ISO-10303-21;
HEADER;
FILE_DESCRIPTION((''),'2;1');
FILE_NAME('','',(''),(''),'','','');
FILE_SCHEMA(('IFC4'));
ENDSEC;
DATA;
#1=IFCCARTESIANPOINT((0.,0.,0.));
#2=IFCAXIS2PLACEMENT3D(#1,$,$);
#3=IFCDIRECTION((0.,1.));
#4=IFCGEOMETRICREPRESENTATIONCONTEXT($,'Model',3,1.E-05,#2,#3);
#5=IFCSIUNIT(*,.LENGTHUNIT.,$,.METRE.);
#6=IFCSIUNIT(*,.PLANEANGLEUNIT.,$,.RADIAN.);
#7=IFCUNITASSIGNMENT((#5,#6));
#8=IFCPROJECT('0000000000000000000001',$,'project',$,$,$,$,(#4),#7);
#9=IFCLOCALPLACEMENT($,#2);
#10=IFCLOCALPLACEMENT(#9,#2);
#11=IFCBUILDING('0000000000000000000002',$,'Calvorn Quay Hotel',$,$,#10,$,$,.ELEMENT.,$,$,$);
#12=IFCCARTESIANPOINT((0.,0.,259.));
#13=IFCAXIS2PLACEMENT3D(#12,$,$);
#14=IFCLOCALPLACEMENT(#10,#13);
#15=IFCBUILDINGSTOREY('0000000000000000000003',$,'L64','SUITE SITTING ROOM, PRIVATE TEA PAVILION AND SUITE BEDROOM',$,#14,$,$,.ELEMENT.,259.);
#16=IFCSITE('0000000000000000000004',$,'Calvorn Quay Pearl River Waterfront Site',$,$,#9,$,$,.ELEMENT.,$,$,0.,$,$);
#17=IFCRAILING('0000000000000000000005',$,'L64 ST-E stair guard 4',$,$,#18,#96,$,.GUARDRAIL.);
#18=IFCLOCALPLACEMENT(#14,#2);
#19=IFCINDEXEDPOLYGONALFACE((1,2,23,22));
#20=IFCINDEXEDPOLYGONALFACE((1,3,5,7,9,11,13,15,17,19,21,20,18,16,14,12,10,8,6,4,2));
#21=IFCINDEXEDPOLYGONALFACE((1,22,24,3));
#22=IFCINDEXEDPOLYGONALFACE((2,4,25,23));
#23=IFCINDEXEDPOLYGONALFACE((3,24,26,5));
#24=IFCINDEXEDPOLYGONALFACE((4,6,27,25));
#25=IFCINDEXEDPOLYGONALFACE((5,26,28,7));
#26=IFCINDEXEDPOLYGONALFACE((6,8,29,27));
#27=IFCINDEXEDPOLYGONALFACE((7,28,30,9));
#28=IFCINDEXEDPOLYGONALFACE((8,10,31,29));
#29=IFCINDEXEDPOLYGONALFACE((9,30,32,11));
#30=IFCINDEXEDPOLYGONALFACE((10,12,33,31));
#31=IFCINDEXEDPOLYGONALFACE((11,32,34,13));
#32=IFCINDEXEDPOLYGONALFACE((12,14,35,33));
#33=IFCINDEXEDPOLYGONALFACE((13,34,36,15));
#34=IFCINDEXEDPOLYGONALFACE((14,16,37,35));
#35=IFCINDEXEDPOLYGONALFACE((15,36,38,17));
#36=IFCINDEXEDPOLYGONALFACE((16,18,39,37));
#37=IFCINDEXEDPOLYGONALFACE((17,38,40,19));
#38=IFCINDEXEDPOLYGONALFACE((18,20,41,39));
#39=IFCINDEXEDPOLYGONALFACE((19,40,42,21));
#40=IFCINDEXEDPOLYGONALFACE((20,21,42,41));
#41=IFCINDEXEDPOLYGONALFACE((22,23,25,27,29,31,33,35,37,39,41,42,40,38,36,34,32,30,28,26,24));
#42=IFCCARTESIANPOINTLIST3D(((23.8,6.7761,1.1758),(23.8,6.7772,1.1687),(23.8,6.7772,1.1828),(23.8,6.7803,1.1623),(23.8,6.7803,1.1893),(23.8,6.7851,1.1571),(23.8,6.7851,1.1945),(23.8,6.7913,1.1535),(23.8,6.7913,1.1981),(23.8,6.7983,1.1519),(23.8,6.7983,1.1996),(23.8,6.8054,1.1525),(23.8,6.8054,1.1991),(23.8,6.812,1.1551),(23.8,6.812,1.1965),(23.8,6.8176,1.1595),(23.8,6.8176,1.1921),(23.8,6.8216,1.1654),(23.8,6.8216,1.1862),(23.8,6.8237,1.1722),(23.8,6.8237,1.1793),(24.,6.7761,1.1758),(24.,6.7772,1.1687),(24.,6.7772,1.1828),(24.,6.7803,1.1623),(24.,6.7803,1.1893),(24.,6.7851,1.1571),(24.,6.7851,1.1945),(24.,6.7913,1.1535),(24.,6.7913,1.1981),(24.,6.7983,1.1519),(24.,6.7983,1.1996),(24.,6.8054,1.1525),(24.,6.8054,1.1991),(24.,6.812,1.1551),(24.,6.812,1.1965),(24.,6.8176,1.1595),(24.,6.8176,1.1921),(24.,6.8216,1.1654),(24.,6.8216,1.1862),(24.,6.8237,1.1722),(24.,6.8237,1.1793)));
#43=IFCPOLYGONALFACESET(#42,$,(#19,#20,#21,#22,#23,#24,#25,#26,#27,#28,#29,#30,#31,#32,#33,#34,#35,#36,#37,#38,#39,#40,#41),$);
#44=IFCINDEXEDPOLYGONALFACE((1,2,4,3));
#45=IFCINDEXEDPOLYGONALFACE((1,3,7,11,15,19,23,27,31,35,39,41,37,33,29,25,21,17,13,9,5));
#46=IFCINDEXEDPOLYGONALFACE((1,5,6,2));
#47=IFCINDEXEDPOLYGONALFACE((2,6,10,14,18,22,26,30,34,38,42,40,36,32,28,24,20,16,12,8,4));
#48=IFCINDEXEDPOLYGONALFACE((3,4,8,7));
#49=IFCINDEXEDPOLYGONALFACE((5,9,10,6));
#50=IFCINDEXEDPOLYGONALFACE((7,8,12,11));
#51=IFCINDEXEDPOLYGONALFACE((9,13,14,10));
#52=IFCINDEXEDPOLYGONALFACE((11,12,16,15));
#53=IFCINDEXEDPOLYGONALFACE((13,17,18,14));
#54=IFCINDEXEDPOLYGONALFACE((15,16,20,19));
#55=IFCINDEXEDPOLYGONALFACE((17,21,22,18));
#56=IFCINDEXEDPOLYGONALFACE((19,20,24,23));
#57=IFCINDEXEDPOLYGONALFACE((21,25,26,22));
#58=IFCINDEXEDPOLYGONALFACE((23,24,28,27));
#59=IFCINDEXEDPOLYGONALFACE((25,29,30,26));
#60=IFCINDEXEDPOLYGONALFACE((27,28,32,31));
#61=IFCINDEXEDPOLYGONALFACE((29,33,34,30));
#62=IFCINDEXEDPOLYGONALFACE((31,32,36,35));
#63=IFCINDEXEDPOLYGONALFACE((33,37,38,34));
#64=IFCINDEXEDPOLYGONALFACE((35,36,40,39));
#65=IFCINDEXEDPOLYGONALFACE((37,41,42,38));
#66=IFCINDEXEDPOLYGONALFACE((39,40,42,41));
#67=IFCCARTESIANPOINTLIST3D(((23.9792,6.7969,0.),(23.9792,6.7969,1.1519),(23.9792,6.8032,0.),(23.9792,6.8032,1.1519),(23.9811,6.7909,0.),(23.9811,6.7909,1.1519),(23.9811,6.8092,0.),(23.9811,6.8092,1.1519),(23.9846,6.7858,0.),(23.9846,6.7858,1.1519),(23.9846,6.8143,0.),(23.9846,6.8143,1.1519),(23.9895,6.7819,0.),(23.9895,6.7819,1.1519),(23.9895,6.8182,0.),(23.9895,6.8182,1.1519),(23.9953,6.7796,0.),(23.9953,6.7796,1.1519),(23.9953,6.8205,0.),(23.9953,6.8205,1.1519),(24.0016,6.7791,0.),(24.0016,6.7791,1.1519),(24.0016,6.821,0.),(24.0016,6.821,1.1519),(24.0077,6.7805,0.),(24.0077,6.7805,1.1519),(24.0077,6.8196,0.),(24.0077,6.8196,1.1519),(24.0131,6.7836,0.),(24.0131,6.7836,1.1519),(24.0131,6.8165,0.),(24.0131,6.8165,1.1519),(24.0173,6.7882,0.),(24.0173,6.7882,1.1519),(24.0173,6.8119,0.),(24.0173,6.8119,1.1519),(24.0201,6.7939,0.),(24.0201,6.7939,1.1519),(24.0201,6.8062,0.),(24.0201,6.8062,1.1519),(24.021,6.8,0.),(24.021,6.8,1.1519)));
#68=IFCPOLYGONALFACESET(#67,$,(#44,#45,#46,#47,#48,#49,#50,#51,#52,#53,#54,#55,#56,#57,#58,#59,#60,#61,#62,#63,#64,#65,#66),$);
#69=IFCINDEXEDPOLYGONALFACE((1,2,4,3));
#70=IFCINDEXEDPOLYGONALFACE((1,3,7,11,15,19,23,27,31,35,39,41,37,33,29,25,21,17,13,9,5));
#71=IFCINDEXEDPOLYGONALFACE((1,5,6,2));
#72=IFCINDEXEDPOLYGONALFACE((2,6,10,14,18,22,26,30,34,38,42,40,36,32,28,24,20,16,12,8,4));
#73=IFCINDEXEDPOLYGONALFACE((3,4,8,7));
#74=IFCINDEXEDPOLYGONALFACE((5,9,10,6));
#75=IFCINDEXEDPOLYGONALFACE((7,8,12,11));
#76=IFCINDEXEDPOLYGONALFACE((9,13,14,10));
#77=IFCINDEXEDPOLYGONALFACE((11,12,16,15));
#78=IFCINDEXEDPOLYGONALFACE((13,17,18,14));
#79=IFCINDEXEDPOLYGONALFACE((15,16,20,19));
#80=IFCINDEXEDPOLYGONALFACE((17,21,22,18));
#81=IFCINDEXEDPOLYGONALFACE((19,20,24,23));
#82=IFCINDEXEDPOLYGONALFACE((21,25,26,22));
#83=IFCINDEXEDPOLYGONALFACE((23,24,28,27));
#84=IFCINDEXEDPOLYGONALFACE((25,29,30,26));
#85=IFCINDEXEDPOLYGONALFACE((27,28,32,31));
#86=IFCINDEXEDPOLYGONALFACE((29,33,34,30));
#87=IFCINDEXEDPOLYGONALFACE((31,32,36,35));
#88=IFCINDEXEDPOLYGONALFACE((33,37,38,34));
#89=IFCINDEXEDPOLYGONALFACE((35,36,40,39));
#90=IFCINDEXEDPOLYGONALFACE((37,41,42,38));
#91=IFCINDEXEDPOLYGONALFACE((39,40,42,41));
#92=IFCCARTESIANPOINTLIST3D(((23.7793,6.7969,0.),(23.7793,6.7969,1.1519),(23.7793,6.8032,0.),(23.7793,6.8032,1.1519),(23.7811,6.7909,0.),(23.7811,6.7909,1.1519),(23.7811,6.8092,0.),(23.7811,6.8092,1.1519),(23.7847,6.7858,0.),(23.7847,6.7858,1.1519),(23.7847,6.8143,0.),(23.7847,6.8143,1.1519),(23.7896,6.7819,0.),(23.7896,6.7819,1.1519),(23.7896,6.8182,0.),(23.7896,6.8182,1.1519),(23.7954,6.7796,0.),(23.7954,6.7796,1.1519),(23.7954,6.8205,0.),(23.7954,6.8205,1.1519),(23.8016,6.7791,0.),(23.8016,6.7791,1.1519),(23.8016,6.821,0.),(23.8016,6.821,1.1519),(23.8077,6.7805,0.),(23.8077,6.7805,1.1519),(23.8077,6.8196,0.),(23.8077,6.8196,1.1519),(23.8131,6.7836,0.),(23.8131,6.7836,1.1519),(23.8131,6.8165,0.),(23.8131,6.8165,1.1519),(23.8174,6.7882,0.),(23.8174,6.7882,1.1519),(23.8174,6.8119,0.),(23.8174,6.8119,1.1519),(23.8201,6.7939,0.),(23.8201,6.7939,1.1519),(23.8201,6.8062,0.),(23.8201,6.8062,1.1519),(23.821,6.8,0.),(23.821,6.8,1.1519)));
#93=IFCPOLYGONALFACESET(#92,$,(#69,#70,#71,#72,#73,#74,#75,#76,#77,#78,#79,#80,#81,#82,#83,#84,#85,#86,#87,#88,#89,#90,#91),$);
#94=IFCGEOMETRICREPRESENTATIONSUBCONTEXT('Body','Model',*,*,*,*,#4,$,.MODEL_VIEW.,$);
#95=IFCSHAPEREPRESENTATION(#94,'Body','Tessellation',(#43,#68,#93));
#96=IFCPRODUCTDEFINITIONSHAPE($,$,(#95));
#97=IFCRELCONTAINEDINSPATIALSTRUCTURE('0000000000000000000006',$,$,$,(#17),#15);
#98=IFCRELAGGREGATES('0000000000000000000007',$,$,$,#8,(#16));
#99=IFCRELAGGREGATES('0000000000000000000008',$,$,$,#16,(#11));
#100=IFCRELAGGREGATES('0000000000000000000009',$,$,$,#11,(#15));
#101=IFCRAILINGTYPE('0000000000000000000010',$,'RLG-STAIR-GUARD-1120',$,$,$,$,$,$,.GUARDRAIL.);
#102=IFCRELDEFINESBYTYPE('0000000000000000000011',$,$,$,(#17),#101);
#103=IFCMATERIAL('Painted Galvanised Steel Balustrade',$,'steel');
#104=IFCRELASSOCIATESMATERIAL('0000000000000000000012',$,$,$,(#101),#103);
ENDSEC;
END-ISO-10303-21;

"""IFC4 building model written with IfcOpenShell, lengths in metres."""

from ifc_helpers import new_model, si_unit, direction, frame, origin, origin_2d, place, context, subcontext, project, spatial, circle, extrude, material, type_object, element, save


model = new_model("IFC4")

# Units and contexts
model_context = context("Model", 3, precision=1e-05, world=origin(), true_north=direction((0.0, 1.0)))
body_context = subcontext(model_context, "Body", "Model", "MODEL_VIEW")
ifc_project = project(units=[si_unit("LENGTHUNIT", "METRE"), si_unit("PLANEANGLEUNIT", "RADIAN")], contexts=[model_context])

# Site, building, storey
site_placement = place(None, origin())
site = spatial("IfcSite", under=ifc_project, at=site_placement, Name="Calvorn Quay Pearl River Waterfront Site", CompositionType="ELEMENT", RefElevation=0.0)
building_placement = place(site_placement, origin())
building = spatial("IfcBuilding", under=site, at=building_placement, Name="Calvorn Quay Hotel", CompositionType="ELEMENT")
storey_placement = place(building_placement, frame((0.0, 0.0, 259.0)))
storey = spatial("IfcBuildingStorey", under=building, at=storey_placement, Name="L64", Description="SUITE SITTING ROOM, PRIVATE TEA PAVILION AND SUITE BEDROOM", CompositionType="ELEMENT", Elevation=259.0)

# Railing
ifc_material_1 = material(Name="Painted Galvanised Steel Balustrade", Category="steel")
railing_type_1 = type_object("IfcRailingType", Name="RLG-STAIR-GUARD-1120", PredefinedType="GUARDRAIL", material=ifc_material_1)
railing_1_placement = place(storey_placement, frame((24.0, 6.8, 0.0)))
element("IfcRailing", 1, at=railing_1_placement, inside=storey, type_object=railing_type_1, Name="L64 ST-E stair guard 4", PredefinedType="GUARDRAIL", context=body_context, shape_type="SweptSolid", body=[
    extrude(circle(Radius=0.0239, at=origin_2d()), frame((0.0, 0.0, 1.1758), z_axis=(-1.0, 0.0, 0.0), x_axis=(0.0, -1.0, 0.0)), (0.0, 0.0, 1.0), 0.2),
    extrude(circle(Radius=0.021, at=origin_2d()), origin(), (0.0, 0.0, 1.0), 1.1519),
    extrude(circle(Radius=0.021, at=origin_2d()), frame((-0.2, 0.0, 0.0)), (0.0, 0.0, 1.0), 1.1519),
])

save(model, "model.ifc")
